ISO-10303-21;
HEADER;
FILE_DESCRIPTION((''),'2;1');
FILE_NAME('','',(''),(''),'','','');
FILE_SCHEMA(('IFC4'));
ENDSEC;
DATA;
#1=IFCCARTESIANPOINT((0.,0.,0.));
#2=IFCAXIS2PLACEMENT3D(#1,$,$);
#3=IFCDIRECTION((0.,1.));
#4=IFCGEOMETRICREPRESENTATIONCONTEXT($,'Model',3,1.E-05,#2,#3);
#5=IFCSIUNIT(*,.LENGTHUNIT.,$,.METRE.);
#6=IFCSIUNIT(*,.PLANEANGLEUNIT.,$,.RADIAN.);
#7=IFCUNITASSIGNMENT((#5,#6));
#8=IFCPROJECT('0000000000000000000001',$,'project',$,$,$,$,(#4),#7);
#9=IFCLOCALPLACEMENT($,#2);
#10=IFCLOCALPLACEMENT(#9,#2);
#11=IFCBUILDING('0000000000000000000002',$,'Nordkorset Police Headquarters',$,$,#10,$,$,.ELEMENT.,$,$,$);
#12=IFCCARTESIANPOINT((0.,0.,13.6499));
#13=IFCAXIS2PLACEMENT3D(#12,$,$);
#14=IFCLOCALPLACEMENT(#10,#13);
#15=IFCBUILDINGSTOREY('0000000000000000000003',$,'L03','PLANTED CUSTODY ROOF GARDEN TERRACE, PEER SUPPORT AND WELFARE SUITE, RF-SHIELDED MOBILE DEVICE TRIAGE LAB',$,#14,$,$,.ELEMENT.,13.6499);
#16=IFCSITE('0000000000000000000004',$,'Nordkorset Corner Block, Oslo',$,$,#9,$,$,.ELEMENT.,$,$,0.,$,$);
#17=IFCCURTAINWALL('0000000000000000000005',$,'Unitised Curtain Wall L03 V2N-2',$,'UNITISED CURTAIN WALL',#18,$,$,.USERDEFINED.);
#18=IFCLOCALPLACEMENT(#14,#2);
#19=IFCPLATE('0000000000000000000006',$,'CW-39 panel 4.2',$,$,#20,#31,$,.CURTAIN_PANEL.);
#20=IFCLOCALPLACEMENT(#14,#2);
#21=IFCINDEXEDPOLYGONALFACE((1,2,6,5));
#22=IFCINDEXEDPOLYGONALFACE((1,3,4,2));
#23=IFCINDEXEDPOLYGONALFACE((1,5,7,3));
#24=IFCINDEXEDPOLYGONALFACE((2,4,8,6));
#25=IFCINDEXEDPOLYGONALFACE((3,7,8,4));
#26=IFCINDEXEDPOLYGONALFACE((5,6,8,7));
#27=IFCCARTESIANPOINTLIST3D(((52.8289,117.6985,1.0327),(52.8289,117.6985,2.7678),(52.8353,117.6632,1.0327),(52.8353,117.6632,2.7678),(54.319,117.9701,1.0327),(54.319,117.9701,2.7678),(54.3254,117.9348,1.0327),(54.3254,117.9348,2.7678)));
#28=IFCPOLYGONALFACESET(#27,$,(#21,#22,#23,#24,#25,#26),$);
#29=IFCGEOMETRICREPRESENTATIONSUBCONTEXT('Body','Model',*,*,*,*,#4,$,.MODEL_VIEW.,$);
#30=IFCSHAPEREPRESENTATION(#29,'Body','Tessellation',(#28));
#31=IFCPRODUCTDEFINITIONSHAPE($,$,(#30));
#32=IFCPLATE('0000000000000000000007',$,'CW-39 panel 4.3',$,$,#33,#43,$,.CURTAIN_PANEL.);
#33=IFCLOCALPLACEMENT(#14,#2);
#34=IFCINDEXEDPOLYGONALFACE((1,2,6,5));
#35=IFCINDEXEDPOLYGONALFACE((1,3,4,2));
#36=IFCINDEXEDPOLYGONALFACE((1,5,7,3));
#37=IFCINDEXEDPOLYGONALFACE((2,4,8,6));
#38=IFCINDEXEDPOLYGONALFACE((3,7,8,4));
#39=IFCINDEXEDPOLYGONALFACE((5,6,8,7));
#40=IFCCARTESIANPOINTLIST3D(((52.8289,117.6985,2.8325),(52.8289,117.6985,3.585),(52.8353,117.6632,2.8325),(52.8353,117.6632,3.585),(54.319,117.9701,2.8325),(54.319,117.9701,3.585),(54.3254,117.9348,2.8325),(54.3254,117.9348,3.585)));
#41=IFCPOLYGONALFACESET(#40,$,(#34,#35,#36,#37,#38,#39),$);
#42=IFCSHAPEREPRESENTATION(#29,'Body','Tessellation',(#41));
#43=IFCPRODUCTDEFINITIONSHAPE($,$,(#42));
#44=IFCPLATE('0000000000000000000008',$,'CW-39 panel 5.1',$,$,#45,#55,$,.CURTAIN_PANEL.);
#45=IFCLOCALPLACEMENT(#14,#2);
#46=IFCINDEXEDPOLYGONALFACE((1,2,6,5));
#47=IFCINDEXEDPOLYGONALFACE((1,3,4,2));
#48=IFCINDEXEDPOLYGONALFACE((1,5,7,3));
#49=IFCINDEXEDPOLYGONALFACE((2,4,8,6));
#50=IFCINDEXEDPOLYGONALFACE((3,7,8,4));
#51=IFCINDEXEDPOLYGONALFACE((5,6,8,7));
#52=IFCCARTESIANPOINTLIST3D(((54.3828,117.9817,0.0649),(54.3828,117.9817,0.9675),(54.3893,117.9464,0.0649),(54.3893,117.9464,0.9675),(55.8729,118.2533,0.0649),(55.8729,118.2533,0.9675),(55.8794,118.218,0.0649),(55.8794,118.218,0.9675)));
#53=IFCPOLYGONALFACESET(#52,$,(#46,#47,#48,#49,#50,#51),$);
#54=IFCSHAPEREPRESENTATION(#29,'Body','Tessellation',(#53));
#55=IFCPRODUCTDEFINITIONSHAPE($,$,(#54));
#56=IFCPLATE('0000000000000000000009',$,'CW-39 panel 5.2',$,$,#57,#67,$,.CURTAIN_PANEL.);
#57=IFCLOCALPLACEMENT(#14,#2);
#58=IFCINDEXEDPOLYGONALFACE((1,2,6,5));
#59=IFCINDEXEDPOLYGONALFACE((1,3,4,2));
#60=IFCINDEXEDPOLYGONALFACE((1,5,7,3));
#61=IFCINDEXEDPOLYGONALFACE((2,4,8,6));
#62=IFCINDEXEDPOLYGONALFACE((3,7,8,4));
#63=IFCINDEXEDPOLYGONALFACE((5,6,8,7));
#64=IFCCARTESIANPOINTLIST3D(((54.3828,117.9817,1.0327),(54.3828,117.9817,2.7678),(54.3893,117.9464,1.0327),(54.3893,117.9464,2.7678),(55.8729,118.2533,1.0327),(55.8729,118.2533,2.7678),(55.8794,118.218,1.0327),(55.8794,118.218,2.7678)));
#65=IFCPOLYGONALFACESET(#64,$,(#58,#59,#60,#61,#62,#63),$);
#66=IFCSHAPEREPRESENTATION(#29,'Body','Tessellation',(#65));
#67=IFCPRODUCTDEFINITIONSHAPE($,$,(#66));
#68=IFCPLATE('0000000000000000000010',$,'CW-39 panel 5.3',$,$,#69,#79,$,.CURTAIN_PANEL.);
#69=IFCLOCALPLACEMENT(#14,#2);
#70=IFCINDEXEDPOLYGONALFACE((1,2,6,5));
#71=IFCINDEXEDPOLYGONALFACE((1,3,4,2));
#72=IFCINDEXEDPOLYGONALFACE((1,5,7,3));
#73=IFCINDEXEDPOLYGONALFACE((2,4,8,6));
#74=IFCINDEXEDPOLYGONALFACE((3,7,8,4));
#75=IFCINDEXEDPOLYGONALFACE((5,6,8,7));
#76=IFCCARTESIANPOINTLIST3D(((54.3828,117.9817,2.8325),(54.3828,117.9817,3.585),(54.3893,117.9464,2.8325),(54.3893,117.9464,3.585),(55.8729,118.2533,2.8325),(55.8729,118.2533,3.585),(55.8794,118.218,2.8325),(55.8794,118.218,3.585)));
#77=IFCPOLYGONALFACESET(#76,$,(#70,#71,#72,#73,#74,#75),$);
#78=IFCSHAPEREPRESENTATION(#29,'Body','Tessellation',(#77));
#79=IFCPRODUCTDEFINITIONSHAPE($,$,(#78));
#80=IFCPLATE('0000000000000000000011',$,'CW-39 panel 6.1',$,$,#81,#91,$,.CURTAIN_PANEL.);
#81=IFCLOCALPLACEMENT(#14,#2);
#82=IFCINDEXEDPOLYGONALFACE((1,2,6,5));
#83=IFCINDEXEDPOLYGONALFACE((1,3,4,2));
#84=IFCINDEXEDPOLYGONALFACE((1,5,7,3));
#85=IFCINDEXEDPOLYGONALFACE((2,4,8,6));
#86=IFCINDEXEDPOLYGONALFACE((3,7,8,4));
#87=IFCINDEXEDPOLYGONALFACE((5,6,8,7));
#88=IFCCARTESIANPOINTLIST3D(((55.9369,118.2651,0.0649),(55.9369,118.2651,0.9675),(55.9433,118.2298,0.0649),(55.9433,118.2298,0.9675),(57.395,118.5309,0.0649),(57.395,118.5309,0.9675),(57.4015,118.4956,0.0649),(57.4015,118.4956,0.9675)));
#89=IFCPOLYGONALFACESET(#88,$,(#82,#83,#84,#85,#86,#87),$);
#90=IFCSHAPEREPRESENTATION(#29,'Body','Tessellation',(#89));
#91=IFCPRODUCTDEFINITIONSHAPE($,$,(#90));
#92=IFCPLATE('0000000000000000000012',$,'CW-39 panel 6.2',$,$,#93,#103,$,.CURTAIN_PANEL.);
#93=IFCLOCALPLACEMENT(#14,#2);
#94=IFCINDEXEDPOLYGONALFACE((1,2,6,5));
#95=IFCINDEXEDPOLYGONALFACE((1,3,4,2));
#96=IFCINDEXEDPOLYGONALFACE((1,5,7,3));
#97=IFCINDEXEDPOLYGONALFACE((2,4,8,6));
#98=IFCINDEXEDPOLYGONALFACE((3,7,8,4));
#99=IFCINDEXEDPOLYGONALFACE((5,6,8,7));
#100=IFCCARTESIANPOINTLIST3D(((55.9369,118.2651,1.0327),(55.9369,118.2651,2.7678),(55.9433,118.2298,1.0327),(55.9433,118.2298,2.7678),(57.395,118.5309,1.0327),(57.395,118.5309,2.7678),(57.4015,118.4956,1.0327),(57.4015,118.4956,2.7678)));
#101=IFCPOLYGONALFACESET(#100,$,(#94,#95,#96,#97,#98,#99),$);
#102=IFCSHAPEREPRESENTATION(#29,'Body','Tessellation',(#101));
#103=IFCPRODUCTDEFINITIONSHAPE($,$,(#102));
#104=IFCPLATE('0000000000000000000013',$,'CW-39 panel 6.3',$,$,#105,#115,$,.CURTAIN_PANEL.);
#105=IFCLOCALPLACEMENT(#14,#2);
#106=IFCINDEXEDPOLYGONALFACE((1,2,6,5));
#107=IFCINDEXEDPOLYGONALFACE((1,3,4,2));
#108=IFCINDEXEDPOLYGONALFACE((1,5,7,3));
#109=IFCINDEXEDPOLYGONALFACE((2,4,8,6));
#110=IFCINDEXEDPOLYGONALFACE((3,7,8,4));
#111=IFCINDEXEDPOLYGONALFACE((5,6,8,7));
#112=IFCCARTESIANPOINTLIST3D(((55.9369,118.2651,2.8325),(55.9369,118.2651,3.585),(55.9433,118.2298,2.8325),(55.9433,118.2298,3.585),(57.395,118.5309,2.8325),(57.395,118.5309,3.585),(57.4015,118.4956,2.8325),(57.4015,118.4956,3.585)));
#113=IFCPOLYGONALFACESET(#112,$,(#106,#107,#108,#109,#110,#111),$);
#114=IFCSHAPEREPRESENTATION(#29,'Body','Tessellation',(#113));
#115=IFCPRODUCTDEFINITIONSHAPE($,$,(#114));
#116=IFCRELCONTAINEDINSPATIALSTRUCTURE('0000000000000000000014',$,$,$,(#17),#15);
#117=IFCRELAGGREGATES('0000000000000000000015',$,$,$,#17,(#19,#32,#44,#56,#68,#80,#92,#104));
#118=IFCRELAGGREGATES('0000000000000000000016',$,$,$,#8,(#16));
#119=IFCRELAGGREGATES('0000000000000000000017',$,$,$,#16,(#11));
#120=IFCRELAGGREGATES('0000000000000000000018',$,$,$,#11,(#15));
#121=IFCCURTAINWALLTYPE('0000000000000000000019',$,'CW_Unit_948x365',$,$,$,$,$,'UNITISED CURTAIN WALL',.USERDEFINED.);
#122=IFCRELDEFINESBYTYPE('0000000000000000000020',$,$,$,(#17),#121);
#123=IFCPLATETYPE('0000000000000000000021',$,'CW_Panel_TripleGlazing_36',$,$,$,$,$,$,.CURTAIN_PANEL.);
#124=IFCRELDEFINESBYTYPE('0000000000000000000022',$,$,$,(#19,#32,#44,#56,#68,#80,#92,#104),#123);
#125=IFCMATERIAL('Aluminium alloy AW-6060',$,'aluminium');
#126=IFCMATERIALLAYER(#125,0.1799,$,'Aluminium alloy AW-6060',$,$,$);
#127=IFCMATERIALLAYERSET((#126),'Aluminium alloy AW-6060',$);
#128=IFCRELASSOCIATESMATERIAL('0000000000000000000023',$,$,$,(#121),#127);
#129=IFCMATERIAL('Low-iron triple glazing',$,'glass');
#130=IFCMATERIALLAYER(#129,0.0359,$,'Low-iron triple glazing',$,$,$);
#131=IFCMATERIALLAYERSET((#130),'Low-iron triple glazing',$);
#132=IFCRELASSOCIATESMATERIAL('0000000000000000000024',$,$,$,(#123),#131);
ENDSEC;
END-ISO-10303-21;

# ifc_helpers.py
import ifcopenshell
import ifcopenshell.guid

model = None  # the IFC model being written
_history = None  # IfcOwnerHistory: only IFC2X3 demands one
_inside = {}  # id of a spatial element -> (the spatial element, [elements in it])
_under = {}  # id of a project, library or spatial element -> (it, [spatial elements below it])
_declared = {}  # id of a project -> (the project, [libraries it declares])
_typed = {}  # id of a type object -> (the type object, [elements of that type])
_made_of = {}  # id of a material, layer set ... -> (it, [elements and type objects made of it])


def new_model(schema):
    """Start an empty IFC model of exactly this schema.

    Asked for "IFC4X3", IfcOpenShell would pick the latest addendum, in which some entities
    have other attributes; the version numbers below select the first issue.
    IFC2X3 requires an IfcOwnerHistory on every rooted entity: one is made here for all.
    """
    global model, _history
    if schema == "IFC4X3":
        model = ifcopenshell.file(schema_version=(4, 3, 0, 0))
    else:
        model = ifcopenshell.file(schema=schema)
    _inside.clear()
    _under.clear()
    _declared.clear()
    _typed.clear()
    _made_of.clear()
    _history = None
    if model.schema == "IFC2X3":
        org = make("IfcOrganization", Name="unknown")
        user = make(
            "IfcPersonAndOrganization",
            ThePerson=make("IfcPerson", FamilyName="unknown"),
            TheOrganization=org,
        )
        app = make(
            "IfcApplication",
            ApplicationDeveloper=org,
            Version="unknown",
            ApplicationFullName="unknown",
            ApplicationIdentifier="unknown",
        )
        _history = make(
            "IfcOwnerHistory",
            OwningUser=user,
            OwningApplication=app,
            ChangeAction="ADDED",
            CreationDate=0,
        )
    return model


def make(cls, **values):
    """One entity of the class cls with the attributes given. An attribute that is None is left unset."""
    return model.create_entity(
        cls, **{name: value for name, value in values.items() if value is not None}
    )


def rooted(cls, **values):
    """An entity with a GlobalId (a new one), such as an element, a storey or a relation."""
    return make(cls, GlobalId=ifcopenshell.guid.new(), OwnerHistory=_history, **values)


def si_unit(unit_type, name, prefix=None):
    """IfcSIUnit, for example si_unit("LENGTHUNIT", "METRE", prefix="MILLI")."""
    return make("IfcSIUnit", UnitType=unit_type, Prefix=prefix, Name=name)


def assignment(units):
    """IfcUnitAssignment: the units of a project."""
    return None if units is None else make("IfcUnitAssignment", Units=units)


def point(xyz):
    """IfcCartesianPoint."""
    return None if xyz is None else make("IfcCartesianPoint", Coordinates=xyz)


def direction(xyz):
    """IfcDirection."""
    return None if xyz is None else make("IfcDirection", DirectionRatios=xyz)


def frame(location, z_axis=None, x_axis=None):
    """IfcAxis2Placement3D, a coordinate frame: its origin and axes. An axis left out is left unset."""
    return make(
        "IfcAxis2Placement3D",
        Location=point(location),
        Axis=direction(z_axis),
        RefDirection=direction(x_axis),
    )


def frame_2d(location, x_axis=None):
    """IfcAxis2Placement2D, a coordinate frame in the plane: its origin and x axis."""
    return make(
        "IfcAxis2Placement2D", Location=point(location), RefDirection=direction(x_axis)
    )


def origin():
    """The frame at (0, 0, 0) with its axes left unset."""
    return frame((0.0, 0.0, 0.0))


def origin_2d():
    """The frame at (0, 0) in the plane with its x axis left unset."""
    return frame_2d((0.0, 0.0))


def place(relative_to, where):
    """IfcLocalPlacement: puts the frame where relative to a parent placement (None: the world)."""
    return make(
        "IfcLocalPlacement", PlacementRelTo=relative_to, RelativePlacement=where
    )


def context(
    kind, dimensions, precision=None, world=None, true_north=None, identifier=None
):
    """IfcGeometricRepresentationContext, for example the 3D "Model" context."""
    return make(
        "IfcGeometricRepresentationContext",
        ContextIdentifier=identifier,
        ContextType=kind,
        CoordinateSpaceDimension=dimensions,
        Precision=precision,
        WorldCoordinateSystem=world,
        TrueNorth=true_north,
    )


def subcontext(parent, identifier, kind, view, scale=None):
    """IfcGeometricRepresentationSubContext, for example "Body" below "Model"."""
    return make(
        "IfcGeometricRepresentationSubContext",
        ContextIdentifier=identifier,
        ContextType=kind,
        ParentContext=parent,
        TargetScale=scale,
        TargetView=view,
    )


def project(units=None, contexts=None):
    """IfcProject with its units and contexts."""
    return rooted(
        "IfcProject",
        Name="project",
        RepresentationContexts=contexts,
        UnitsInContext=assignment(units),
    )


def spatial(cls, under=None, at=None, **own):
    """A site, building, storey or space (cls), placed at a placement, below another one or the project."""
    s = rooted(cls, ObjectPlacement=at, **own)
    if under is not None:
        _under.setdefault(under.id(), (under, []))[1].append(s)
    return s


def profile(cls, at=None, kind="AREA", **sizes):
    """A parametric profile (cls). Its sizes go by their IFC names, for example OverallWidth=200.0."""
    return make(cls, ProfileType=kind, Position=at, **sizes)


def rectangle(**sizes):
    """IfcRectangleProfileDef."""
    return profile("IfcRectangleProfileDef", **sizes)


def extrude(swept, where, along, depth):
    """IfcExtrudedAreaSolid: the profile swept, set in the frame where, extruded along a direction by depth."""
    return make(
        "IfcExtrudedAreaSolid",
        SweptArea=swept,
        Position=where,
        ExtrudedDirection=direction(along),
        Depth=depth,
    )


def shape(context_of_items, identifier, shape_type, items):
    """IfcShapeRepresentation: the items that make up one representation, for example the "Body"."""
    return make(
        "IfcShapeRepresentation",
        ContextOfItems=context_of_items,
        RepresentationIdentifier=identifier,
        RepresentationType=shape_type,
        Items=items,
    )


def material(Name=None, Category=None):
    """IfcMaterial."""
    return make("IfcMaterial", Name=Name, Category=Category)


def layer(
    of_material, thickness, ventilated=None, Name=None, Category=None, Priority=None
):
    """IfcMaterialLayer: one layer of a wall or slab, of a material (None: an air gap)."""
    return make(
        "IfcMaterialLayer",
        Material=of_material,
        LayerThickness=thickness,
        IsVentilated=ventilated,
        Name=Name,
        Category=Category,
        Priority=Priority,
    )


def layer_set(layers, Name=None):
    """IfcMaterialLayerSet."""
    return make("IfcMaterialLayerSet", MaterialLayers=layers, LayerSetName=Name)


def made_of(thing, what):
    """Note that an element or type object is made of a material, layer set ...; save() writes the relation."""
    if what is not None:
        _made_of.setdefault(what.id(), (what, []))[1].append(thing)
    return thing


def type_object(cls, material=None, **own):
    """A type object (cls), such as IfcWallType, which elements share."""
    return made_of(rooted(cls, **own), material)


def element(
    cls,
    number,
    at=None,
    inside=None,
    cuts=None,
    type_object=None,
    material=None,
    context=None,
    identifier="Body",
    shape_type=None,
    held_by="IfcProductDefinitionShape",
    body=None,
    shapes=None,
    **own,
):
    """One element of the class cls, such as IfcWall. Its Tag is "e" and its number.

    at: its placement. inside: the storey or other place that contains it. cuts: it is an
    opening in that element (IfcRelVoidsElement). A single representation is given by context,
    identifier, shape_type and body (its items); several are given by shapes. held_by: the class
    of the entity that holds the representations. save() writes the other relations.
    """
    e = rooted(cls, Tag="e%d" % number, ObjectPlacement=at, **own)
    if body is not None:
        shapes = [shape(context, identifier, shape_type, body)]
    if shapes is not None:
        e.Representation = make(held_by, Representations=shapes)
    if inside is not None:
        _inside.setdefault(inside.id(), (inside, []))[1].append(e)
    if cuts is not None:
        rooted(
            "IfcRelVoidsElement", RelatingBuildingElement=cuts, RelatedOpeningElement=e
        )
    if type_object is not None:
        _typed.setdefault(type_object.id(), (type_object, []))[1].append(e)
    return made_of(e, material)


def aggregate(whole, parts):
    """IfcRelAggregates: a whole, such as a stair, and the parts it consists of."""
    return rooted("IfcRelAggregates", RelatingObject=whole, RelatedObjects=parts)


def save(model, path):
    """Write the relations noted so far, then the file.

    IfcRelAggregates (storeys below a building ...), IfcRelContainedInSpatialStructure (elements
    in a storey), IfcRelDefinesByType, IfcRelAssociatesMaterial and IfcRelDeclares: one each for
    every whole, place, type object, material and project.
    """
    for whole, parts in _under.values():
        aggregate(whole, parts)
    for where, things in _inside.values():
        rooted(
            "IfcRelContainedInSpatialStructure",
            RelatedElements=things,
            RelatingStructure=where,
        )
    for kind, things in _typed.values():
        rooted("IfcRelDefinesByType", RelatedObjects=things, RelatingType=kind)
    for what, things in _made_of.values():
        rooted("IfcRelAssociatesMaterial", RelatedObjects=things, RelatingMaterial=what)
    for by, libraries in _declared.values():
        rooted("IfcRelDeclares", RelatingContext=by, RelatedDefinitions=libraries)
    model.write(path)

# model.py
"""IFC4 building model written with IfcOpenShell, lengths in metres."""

from ifc_helpers import new_model, si_unit, direction, frame, origin, origin_2d, place, context, subcontext, project, spatial, rectangle, extrude, material, layer, layer_set, type_object, element, aggregate, save


model = new_model("IFC4")

# Units and contexts
model_context = context("Model", 3, precision=1e-05, world=origin(), true_north=direction((0.0, 1.0)))
body_context = subcontext(model_context, "Body", "Model", "MODEL_VIEW")
ifc_project = project(units=[si_unit("LENGTHUNIT", "METRE"), si_unit("PLANEANGLEUNIT", "RADIAN")], contexts=[model_context])

# Site, building, storey
site_placement = place(None, origin())
site = spatial("IfcSite", under=ifc_project, at=site_placement, Name="Nordkorset Corner Block, Oslo", CompositionType="ELEMENT", RefElevation=0.0)
building_placement = place(site_placement, origin())
building = spatial("IfcBuilding", under=site, at=building_placement, Name="Nordkorset Police Headquarters", CompositionType="ELEMENT")
storey_placement = place(building_placement, frame((0.0, 0.0, 13.6499)))
storey = spatial("IfcBuildingStorey", under=building, at=storey_placement, Name="L03", Description="PLANTED CUSTODY ROOF GARDEN TERRACE, PEER SUPPORT AND WELFARE SUITE, RF-SHIELDED MOBILE DEVICE TRIAGE LAB", CompositionType="ELEMENT", Elevation=13.6499)

# Curtain wall, plates
ifc_material_1 = material(Name="Aluminium alloy AW-6060", Category="aluminium")
ifc_layer_1 = layer(ifc_material_1, 0.1799, Name="Aluminium alloy AW-6060")
ifc_layer_set_1 = layer_set([ifc_layer_1], Name="Aluminium alloy AW-6060")
curtain_wall_type = type_object("IfcCurtainWallType", Name="CW_Unit_948x365", ElementType="UNITISED CURTAIN WALL", PredefinedType="USERDEFINED", material=ifc_layer_set_1)
curtain_wall_placement = place(storey_placement, origin())
curtain_wall = element("IfcCurtainWall", 1, at=curtain_wall_placement, inside=storey, type_object=curtain_wall_type, Name="Unitised Curtain Wall L03 V2N-2", ObjectType="UNITISED CURTAIN WALL", PredefinedType="USERDEFINED")
ifc_material_2 = material(Name="Low-iron triple glazing", Category="glass")
ifc_layer_2 = layer(ifc_material_2, 0.0359, Name="Low-iron triple glazing")
ifc_layer_set_2 = layer_set([ifc_layer_2], Name="Low-iron triple glazing")
plate_type = type_object("IfcPlateType", Name="CW_Panel_TripleGlazing_36", PredefinedType="CURTAIN_PANEL", material=ifc_layer_set_2)
plate_1_placement = place(storey_placement, frame((53.5771, 117.8167, 1.0327), z_axis=(0.0, 0.0, 1.0), x_axis=(0.983788, 0.179336, 0.0)))
plate_1 = element("IfcPlate", 2, at=plate_1_placement, type_object=plate_type, Name="CW-39 panel 4.2", PredefinedType="CURTAIN_PANEL", context=body_context, shape_type="SweptSolid", body=[
    extrude(rectangle(XDim=1.5146, YDim=0.0359, at=origin_2d()), origin(), (0.0, 0.0, 1.0), 1.7351),
])
plate_2_placement = place(storey_placement, frame((53.5771, 117.8167, 2.8325), z_axis=(0.0, 0.0, 1.0), x_axis=(0.983788, 0.179336, 0.0)))
plate_2 = element("IfcPlate", 3, at=plate_2_placement, type_object=plate_type, Name="CW-39 panel 4.3", PredefinedType="CURTAIN_PANEL", context=body_context, shape_type="SweptSolid", body=[
    extrude(rectangle(XDim=1.5146, YDim=0.0359, at=origin_2d()), origin(), (0.0, 0.0, 1.0), 0.7524),
])
plate_3_placement = place(storey_placement, frame((55.1311, 118.0999, 0.0649), z_axis=(0.0, 0.0, 1.0), x_axis=(0.983788, 0.179336, 0.0)))
plate_3 = element("IfcPlate", 4, at=plate_3_placement, type_object=plate_type, Name="CW-39 panel 5.1", PredefinedType="CURTAIN_PANEL", context=body_context, shape_type="SweptSolid", body=[
    extrude(rectangle(XDim=1.5146, YDim=0.0359, at=origin_2d()), origin(), (0.0, 0.0, 1.0), 0.9026),
])
plate_4_placement = place(storey_placement, frame((55.1311, 118.0999, 1.0327), z_axis=(0.0, 0.0, 1.0), x_axis=(0.983788, 0.179336, 0.0)))
plate_4 = element("IfcPlate", 5, at=plate_4_placement, type_object=plate_type, Name="CW-39 panel 5.2", PredefinedType="CURTAIN_PANEL", context=body_context, shape_type="SweptSolid", body=[
    extrude(rectangle(XDim=1.5146, YDim=0.0359, at=origin_2d()), origin(), (0.0, 0.0, 1.0), 1.7351),
])
plate_5_placement = place(storey_placement, frame((55.1311, 118.0999, 2.8325), z_axis=(0.0, 0.0, 1.0), x_axis=(0.983788, 0.179336, 0.0)))
plate_5 = element("IfcPlate", 6, at=plate_5_placement, type_object=plate_type, Name="CW-39 panel 5.3", PredefinedType="CURTAIN_PANEL", context=body_context, shape_type="SweptSolid", body=[
    extrude(rectangle(XDim=1.5146, YDim=0.0359, at=origin_2d()), origin(), (0.0, 0.0, 1.0), 0.7524),
])
plate_6_placement = place(storey_placement, frame((56.6692, 118.3804, 0.0649), z_axis=(0.0, 0.0, 1.0), x_axis=(0.983788, 0.179336, 0.0)))
plate_6 = element("IfcPlate", 7, at=plate_6_placement, type_object=plate_type, Name="CW-39 panel 6.1", PredefinedType="CURTAIN_PANEL", context=body_context, shape_type="SweptSolid", body=[
    extrude(rectangle(XDim=1.4822, YDim=0.0359, at=origin_2d()), origin(), (0.0, 0.0, 1.0), 0.9026),
])
plate_7_placement = place(storey_placement, frame((56.6692, 118.3804, 1.0327), z_axis=(0.0, 0.0, 1.0), x_axis=(0.983788, 0.179336, 0.0)))
plate_7 = element("IfcPlate", 8, at=plate_7_placement, type_object=plate_type, Name="CW-39 panel 6.2", PredefinedType="CURTAIN_PANEL", context=body_context, shape_type="SweptSolid", body=[
    extrude(rectangle(XDim=1.4822, YDim=0.0359, at=origin_2d()), origin(), (0.0, 0.0, 1.0), 1.7351),
])
plate_8_placement = place(storey_placement, frame((56.6692, 118.3804, 2.8325), z_axis=(0.0, 0.0, 1.0), x_axis=(0.983788, 0.179336, 0.0)))
plate_8 = element("IfcPlate", 9, at=plate_8_placement, type_object=plate_type, Name="CW-39 panel 6.3", PredefinedType="CURTAIN_PANEL", context=body_context, shape_type="SweptSolid", body=[
    extrude(rectangle(XDim=1.4822, YDim=0.0359, at=origin_2d()), origin(), (0.0, 0.0, 1.0), 0.7524),
])
aggregate(curtain_wall, [plate_1, plate_2, plate_3, plate_4, plate_5, plate_6, plate_7, plate_8])

save(model, "model.ifc")
